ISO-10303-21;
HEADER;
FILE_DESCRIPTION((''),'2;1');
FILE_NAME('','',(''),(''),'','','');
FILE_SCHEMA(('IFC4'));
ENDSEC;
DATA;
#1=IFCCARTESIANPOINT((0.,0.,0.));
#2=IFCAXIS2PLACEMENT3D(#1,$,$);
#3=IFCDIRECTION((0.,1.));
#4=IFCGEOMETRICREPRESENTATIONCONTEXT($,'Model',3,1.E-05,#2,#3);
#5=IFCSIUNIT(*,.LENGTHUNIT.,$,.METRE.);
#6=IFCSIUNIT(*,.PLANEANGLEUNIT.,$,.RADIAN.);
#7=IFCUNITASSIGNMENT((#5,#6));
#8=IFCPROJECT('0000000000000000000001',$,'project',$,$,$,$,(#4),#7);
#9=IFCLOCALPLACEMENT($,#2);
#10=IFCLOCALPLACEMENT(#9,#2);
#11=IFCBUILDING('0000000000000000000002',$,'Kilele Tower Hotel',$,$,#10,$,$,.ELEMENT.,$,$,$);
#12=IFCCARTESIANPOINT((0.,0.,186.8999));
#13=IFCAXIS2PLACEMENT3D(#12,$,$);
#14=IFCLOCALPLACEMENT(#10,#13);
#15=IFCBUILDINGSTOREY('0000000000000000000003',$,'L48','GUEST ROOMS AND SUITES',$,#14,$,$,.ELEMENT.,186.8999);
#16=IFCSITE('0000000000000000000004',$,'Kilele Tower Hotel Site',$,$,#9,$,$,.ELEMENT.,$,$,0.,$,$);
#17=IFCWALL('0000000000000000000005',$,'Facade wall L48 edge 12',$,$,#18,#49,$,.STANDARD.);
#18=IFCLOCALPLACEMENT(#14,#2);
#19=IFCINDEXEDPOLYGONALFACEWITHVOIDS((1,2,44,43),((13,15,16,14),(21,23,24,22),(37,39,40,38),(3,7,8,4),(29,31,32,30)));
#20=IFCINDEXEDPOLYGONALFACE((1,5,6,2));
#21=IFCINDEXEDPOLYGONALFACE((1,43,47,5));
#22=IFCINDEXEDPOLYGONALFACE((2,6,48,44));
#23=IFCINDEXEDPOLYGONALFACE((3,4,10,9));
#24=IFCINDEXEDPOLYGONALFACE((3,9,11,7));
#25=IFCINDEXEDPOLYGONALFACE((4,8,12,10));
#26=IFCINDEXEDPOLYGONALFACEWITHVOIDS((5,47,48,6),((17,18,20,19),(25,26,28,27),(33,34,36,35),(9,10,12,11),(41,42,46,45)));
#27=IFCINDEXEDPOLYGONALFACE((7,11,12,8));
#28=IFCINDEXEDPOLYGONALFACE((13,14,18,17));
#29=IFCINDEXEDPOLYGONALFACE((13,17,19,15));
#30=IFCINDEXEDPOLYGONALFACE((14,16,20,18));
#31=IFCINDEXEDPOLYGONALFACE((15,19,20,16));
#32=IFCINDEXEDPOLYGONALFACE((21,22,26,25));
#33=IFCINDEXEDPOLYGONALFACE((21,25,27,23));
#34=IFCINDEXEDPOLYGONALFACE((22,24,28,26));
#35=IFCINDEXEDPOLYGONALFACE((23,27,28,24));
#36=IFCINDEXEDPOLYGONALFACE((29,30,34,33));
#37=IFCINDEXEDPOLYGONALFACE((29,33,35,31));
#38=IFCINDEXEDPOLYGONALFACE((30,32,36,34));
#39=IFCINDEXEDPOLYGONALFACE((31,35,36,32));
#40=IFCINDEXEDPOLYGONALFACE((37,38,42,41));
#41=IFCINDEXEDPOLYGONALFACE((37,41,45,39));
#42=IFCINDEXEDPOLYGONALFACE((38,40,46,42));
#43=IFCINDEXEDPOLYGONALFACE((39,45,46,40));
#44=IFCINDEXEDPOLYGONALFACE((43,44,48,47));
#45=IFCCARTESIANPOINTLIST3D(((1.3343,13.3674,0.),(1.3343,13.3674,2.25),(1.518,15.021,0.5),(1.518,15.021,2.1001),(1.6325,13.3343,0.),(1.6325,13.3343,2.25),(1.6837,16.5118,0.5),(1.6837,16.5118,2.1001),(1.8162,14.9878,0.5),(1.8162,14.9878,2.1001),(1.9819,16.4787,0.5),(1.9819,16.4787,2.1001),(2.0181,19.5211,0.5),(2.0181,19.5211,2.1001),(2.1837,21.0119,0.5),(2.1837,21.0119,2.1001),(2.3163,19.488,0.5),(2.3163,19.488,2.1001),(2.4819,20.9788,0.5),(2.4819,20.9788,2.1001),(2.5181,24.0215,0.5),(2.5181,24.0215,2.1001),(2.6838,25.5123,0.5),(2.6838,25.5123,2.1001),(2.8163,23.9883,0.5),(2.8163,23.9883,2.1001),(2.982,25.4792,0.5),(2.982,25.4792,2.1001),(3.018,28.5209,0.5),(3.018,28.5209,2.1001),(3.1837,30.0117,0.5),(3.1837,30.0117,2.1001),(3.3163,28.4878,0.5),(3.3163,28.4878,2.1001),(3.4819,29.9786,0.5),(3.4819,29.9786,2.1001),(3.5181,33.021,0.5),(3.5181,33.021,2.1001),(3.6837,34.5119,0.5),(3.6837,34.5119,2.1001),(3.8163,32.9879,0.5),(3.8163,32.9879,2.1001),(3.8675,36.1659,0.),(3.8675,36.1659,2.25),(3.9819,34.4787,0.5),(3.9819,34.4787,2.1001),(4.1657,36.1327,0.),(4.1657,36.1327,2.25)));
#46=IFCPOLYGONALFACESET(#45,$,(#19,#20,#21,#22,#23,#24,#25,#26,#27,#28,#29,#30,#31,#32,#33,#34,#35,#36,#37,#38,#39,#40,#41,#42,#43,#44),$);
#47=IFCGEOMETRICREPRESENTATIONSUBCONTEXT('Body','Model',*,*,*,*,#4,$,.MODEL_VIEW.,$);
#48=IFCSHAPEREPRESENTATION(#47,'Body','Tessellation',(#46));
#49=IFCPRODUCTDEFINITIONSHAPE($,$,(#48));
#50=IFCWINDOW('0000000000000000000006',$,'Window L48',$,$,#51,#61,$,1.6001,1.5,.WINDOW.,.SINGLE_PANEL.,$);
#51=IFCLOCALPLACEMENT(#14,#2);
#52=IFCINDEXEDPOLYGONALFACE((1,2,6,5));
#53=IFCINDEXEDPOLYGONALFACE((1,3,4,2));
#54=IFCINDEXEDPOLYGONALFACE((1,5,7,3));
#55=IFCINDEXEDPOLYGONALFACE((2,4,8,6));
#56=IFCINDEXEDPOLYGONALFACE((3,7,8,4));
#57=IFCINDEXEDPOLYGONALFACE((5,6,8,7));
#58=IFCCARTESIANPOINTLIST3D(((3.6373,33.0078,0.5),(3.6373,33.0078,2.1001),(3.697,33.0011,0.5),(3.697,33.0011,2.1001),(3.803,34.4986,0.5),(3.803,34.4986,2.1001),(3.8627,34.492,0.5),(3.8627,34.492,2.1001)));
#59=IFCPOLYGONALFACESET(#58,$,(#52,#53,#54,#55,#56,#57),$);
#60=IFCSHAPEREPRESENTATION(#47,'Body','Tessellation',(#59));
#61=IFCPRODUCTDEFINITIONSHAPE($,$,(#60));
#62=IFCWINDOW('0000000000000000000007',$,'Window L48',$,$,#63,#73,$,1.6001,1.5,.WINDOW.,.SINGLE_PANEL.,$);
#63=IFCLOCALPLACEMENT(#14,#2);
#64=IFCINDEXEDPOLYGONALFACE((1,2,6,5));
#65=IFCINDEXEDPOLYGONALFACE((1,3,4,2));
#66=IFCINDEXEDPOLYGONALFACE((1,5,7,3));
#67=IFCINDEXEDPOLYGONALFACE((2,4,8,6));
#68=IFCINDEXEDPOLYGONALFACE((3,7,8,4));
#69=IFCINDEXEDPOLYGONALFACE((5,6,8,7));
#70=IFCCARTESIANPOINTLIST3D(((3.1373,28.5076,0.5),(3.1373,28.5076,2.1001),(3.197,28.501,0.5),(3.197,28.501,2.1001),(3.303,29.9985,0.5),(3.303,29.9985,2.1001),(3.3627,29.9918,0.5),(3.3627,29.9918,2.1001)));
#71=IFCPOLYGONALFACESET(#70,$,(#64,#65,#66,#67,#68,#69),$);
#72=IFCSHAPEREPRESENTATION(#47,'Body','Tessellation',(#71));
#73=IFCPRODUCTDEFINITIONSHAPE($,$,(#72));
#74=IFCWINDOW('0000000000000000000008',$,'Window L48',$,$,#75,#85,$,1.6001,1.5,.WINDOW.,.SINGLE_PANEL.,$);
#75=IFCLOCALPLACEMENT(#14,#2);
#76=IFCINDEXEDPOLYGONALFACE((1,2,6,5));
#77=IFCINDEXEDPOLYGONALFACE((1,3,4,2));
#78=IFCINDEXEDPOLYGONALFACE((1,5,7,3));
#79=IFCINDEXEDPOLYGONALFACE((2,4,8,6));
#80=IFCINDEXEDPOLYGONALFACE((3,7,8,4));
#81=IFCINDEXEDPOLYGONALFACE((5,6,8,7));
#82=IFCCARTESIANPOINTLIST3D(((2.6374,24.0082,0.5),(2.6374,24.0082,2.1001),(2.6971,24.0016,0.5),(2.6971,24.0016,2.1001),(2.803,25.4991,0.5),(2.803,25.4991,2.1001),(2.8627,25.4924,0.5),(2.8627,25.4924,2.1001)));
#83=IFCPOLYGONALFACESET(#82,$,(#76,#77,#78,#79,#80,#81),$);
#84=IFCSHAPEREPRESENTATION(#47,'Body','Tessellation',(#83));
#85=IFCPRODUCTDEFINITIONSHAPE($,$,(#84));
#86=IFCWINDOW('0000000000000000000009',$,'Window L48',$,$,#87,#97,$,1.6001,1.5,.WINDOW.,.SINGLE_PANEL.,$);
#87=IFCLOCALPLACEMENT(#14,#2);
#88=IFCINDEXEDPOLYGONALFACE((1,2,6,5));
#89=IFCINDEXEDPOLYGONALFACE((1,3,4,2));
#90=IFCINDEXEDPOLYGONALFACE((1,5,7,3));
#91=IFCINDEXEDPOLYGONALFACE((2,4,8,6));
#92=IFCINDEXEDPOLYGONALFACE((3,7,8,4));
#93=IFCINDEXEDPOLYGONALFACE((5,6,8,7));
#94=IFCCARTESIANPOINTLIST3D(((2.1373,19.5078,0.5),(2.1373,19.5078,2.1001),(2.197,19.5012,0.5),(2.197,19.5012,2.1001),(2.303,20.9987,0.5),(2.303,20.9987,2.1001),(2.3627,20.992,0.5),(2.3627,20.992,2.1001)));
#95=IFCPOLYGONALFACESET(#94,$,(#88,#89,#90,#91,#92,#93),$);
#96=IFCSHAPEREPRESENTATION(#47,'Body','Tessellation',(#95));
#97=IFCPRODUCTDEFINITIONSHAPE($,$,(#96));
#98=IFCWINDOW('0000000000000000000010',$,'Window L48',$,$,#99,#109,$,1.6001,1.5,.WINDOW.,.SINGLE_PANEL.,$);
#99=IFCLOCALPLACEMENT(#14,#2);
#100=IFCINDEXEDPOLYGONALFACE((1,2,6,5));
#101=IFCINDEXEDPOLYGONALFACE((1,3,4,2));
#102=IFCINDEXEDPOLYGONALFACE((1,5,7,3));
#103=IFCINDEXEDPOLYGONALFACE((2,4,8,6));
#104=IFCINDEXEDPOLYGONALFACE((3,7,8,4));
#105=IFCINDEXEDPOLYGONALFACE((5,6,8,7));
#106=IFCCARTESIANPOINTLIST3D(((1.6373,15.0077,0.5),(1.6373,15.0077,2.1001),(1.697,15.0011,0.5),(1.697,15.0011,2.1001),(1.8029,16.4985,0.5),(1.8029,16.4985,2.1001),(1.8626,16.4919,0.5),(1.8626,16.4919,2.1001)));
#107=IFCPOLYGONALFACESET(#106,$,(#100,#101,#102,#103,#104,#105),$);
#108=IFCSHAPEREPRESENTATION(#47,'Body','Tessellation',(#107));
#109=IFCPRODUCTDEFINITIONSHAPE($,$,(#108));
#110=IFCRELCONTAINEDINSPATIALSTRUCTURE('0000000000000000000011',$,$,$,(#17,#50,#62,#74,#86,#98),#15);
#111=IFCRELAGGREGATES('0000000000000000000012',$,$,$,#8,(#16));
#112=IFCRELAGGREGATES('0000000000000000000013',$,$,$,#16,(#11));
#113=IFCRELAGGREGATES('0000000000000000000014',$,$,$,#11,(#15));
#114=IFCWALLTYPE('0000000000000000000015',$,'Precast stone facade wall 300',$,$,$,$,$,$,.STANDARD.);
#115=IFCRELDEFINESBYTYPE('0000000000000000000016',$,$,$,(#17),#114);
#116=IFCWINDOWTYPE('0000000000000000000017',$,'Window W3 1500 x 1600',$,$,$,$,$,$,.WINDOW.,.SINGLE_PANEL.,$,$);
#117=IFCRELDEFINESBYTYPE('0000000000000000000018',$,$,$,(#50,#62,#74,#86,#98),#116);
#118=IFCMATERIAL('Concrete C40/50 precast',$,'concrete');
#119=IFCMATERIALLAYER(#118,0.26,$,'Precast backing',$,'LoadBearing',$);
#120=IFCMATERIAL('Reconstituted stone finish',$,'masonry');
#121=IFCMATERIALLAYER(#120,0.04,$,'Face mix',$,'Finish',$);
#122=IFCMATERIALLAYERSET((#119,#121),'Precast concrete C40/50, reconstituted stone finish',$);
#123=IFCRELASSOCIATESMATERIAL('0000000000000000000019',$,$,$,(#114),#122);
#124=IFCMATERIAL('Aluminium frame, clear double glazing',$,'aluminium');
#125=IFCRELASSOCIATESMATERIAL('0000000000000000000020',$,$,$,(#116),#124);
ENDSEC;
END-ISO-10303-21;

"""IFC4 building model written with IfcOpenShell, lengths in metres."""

from ifc_helpers import new_model, si_unit, direction, frame, frame_2d, origin, place, context, subcontext, project, spatial, rectangle, extrude, material, layer, layer_set, type_object, element, fill, save


model = new_model("IFC4")

# Units and contexts
model_context = context("Model", 3, precision=1e-05, world=origin(), true_north=direction((0.0, 1.0)))
body_context = subcontext(model_context, "Body", "Model", "MODEL_VIEW")
ifc_project = project(units=[si_unit("LENGTHUNIT", "METRE"), si_unit("PLANEANGLEUNIT", "RADIAN")], contexts=[model_context])

# Site, building, storey
site_placement = place(None, origin())
site = spatial("IfcSite", under=ifc_project, at=site_placement, Name="Kilele Tower Hotel Site", CompositionType="ELEMENT", RefElevation=0.0)
building_placement = place(site_placement, origin())
building = spatial("IfcBuilding", under=site, at=building_placement, Name="Kilele Tower Hotel", CompositionType="ELEMENT")
storey_placement = place(building_placement, frame((0.0, 0.0, 186.8999)))
storey = spatial("IfcBuildingStorey", under=building, at=storey_placement, Name="L48", Description="GUEST ROOMS AND SUITES", CompositionType="ELEMENT", Elevation=186.8999)

# Shared definitions
ifc_material_1 = material(Name="Concrete C40/50 precast", Category="concrete")
ifc_layer_1 = layer(ifc_material_1, 0.26, Name="Precast backing", Category="LoadBearing")
ifc_material_2 = material(Name="Reconstituted stone finish", Category="masonry")
ifc_layer_2 = layer(ifc_material_2, 0.04, Name="Face mix", Category="Finish")
ifc_layer_set_1 = layer_set([ifc_layer_1, ifc_layer_2], Name="Precast concrete C40/50, reconstituted stone finish")
wall_type_1 = type_object("IfcWallType", Name="Precast stone facade wall 300", PredefinedType="STANDARD", material=ifc_layer_set_1)

# Wall, openings, windows
wall_1_placement = place(storey_placement, frame((4.0166, 36.1492, 0.0), z_axis=(0.0, 0.0, 1.0), x_axis=(-0.110434, -0.993883, 0.0)))
wall_1 = element("IfcWall", 1, at=wall_1_placement, inside=storey, type_object=wall_type_1, Name="Facade wall L48 edge 12", PredefinedType="STANDARD", context=body_context, shape_type="SweptSolid", body=[
    extrude(rectangle(XDim=22.9387, YDim=0.3, at=frame_2d((11.4692, 0.0))), origin(), (0.0, 0.0, 1.0), 2.25),
])
opening_1_placement = place(wall_1_placement, frame((1.6641, 0.0, 0.5)))
opening_1 = element("IfcOpeningElement", 2, at=opening_1_placement, cuts=wall_1, PredefinedType="OPENING", context=body_context, shape_type="SweptSolid", body=[
    extrude(rectangle(XDim=1.5, YDim=1.6001, at=frame_2d((0.75, 0.8))), frame((0.0, 0.1599, 0.0), z_axis=(0.0, -1.0, 0.0), x_axis=(1.0, 0.0, 0.0)), (0.0, 0.0, 1.0), 0.3201),
])
opening_2_placement = place(wall_1_placement, frame((6.1919, 0.0, 0.5)))
opening_2 = element("IfcOpeningElement", 3, at=opening_2_placement, cuts=wall_1, PredefinedType="OPENING", context=body_context, shape_type="SweptSolid", body=[
    extrude(rectangle(XDim=1.5, YDim=1.6001, at=frame_2d((0.75, 0.8))), frame((0.0, 0.1599, 0.0), z_axis=(0.0, -1.0, 0.0), x_axis=(1.0, 0.0, 0.0)), (0.0, 0.0, 1.0), 0.3201),
])
opening_3_placement = place(wall_1_placement, frame((10.719, 0.0, 0.5)))
opening_3 = element("IfcOpeningElement", 4, at=opening_3_placement, cuts=wall_1, PredefinedType="OPENING", context=body_context, shape_type="SweptSolid", body=[
    extrude(rectangle(XDim=1.5, YDim=1.6001, at=frame_2d((0.75, 0.8))), frame((0.0, 0.1599, 0.0), z_axis=(0.0, -1.0, 0.0), x_axis=(1.0, 0.0, 0.0)), (0.0, 0.0, 1.0), 0.3201),
])
opening_4_placement = place(wall_1_placement, frame((15.2471, 0.0, 0.5)))
opening_4 = element("IfcOpeningElement", 5, at=opening_4_placement, cuts=wall_1, PredefinedType="OPENING", context=body_context, shape_type="SweptSolid", body=[
    extrude(rectangle(XDim=1.5, YDim=1.6001, at=frame_2d((0.75, 0.8))), frame((0.0, 0.1599, 0.0), z_axis=(0.0, -1.0, 0.0), x_axis=(1.0, 0.0, 0.0)), (0.0, 0.0, 1.0), 0.3201),
])
opening_5_placement = place(wall_1_placement, frame((19.7749, 0.0, 0.5)))
opening_5 = element("IfcOpeningElement", 6, at=opening_5_placement, cuts=wall_1, PredefinedType="OPENING", context=body_context, shape_type="SweptSolid", body=[
    extrude(rectangle(XDim=1.5, YDim=1.6001, at=frame_2d((0.75, 0.8))), frame((0.0, 0.1599, 0.0), z_axis=(0.0, -1.0, 0.0), x_axis=(1.0, 0.0, 0.0)), (0.0, 0.0, 1.0), 0.3201),
])
ifc_material_3 = material(Name="Aluminium frame, clear double glazing", Category="aluminium")
window_type_1 = type_object("IfcWindowType", Name="Window W3 1500 x 1600", PartitioningType="SINGLE_PANEL", PredefinedType="WINDOW", material=ifc_material_3)
window_1_placement = place(opening_1_placement, origin())
window_1 = element("IfcWindow", 7, at=window_1_placement, inside=storey, type_object=window_type_1, Name="Window L48", OverallHeight=1.6001, OverallWidth=1.5, PartitioningType="SINGLE_PANEL", PredefinedType="WINDOW", context=body_context, shape_type="SweptSolid", body=[
    extrude(rectangle(XDim=1.5, YDim=1.6001, at=frame_2d((0.75, 0.8))), frame((0.0, 0.03, 0.0), z_axis=(0.0, -1.0, 0.0), x_axis=(1.0, 0.0, 0.0)), (0.0, 0.0, 1.0), 0.0601),
])
fill(opening_1, window_1)
window_2_placement = place(opening_2_placement, origin())
window_2 = element("IfcWindow", 8, at=window_2_placement, inside=storey, type_object=window_type_1, Name="Window L48", OverallHeight=1.6001, OverallWidth=1.5, PartitioningType="SINGLE_PANEL", PredefinedType="WINDOW", context=body_context, shape_type="SweptSolid", body=[
    extrude(rectangle(XDim=1.5, YDim=1.6001, at=frame_2d((0.75, 0.8))), frame((0.0, 0.03, 0.0), z_axis=(0.0, -1.0, 0.0), x_axis=(1.0, 0.0, 0.0)), (0.0, 0.0, 1.0), 0.0601),
])
fill(opening_2, window_2)
window_3_placement = place(opening_3_placement, origin())
window_3 = element("IfcWindow", 9, at=window_3_placement, inside=storey, type_object=window_type_1, Name="Window L48", OverallHeight=1.6001, OverallWidth=1.5, PartitioningType="SINGLE_PANEL", PredefinedType="WINDOW", context=body_context, shape_type="SweptSolid", body=[
    extrude(rectangle(XDim=1.5, YDim=1.6001, at=frame_2d((0.75, 0.8))), frame((0.0, 0.03, 0.0), z_axis=(0.0, -1.0, 0.0), x_axis=(1.0, 0.0, 0.0)), (0.0, 0.0, 1.0), 0.0601),
])
fill(opening_3, window_3)
window_4_placement = place(opening_4_placement, origin())
window_4 = element("IfcWindow", 10, at=window_4_placement, inside=storey, type_object=window_type_1, Name="Window L48", OverallHeight=1.6001, OverallWidth=1.5, PartitioningType="SINGLE_PANEL", PredefinedType="WINDOW", context=body_context, shape_type="SweptSolid", body=[
    extrude(rectangle(XDim=1.5, YDim=1.6001, at=frame_2d((0.75, 0.8))), frame((0.0, 0.03, 0.0), z_axis=(0.0, -1.0, 0.0), x_axis=(1.0, 0.0, 0.0)), (0.0, 0.0, 1.0), 0.0601),
])
fill(opening_4, window_4)
window_5_placement = place(opening_5_placement, origin())
window_5 = element("IfcWindow", 11, at=window_5_placement, inside=storey, type_object=window_type_1, Name="Window L48", OverallHeight=1.6001, OverallWidth=1.5, PartitioningType="SINGLE_PANEL", PredefinedType="WINDOW", context=body_context, shape_type="SweptSolid", body=[
    extrude(rectangle(XDim=1.5, YDim=1.6001, at=frame_2d((0.75, 0.8))), frame((0.0, 0.03, 0.0), z_axis=(0.0, -1.0, 0.0), x_axis=(1.0, 0.0, 0.0)), (0.0, 0.0, 1.0), 0.0601),
])
fill(opening_5, window_5)

save(model, "model.ifc")
